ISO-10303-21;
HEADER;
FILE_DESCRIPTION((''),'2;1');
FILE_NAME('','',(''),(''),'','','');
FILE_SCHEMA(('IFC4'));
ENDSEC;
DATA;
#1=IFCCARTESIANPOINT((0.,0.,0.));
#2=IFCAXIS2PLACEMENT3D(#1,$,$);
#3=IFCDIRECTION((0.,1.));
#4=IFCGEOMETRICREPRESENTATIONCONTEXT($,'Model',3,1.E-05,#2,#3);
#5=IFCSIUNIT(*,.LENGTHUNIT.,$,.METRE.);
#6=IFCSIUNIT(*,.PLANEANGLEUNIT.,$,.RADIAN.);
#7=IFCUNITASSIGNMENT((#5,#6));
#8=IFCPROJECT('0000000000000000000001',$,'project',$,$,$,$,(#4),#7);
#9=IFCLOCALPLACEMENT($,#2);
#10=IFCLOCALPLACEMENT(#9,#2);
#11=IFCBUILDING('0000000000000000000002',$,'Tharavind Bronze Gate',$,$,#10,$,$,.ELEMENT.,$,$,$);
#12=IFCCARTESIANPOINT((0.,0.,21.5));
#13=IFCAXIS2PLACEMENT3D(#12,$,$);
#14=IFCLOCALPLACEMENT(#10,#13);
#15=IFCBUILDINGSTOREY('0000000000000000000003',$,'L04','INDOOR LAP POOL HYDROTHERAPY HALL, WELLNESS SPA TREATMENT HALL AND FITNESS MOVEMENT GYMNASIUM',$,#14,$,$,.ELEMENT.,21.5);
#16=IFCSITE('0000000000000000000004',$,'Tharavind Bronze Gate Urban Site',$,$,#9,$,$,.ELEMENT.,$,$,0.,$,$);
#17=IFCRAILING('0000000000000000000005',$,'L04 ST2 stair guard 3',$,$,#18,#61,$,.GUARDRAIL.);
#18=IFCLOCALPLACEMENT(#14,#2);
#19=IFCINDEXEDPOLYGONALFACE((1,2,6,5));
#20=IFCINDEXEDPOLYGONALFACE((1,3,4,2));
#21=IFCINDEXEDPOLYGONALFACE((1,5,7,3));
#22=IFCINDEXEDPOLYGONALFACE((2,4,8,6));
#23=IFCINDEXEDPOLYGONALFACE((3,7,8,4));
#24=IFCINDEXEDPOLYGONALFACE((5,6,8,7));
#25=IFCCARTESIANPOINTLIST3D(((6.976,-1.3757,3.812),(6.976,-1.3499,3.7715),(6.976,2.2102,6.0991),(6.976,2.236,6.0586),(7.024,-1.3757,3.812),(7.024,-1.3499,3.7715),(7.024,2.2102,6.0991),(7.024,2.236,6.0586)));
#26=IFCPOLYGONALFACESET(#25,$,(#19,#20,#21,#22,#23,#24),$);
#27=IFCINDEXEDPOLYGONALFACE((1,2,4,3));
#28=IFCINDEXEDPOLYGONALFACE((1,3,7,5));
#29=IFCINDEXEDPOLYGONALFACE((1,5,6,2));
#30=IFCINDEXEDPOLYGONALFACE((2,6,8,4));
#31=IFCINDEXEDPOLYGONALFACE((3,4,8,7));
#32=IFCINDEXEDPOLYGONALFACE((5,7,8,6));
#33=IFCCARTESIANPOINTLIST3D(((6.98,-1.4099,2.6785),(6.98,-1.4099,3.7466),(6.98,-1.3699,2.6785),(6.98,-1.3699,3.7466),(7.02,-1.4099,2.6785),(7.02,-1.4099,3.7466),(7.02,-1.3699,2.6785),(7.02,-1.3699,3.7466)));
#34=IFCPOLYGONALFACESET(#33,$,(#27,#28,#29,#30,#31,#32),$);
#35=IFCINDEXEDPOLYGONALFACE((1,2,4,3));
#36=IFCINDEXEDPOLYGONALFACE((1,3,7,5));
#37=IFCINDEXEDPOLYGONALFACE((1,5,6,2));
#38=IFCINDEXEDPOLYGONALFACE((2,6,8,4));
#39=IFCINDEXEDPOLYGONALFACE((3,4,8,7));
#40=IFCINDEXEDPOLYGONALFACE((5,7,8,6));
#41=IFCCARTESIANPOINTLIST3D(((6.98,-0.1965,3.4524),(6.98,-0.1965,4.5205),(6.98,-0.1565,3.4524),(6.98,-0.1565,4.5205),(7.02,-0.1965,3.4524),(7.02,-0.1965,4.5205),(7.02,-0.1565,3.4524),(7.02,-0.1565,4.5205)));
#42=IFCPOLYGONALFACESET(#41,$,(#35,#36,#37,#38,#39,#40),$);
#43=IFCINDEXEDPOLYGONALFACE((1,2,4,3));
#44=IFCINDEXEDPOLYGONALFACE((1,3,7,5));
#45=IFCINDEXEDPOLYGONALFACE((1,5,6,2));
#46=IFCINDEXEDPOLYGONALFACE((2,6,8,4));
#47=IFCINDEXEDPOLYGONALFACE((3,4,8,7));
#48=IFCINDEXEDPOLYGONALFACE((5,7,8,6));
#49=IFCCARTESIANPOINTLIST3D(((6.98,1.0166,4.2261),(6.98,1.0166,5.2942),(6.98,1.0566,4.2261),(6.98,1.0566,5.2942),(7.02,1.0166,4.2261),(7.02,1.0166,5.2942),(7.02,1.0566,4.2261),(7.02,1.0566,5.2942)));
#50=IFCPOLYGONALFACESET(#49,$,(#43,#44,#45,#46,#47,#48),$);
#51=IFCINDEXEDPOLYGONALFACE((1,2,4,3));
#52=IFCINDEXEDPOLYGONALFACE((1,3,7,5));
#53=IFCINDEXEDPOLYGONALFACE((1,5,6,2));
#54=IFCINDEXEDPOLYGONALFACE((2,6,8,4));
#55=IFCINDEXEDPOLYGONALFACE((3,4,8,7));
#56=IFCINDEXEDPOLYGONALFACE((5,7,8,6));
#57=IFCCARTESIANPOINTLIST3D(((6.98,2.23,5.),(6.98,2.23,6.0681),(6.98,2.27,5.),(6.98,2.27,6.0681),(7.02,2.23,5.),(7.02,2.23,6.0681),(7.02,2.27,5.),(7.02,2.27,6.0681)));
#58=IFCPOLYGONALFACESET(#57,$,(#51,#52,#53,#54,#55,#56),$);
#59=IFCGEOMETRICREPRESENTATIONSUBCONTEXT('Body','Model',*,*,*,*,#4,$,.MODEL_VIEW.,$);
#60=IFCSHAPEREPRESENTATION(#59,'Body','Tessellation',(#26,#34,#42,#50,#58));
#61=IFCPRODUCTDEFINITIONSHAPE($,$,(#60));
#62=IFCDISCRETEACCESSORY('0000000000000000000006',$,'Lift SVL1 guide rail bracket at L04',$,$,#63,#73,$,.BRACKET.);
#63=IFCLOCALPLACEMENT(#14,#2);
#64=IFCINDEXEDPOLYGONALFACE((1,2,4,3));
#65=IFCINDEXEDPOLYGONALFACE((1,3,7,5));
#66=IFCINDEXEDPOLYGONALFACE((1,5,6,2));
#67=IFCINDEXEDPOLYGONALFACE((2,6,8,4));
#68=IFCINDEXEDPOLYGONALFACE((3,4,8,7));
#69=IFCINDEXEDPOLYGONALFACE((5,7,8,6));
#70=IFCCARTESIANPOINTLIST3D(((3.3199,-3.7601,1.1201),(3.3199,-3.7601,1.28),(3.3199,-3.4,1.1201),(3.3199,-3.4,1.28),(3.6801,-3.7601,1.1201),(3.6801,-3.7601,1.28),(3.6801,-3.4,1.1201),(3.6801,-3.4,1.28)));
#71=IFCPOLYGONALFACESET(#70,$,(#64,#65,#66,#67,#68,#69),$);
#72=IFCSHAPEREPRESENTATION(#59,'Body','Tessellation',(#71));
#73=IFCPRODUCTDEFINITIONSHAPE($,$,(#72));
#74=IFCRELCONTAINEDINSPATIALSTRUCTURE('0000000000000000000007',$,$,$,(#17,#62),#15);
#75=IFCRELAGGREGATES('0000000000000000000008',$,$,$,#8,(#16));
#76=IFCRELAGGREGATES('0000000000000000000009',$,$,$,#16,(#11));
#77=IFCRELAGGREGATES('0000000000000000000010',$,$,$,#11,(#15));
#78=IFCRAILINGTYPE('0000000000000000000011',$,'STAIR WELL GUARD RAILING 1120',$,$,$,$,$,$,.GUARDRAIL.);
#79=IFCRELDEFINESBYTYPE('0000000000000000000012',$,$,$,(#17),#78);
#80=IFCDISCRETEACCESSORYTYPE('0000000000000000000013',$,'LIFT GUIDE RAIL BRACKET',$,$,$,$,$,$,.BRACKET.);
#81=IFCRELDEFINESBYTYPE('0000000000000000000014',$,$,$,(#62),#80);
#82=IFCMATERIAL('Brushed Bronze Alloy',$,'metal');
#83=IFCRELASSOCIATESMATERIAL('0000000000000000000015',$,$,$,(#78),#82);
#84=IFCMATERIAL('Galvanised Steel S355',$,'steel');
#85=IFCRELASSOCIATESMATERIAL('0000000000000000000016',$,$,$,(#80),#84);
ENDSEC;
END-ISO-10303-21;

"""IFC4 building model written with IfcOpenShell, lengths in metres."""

from ifc_helpers import new_model, si_unit, direction, frame, origin, origin_2d, place, context, subcontext, project, spatial, rectangle, extrude, material, type_object, element, save


model = new_model("IFC4")

# Units and contexts
model_context = context("Model", 3, precision=1e-05, world=origin(), true_north=direction((0.0, 1.0)))
body_context = subcontext(model_context, "Body", "Model", "MODEL_VIEW")
ifc_project = project(units=[si_unit("LENGTHUNIT", "METRE"), si_unit("PLANEANGLEUNIT", "RADIAN")], contexts=[model_context])

# Site, building, storey
site_placement = place(None, origin())
site = spatial("IfcSite", under=ifc_project, at=site_placement, Name="Tharavind Bronze Gate Urban Site", CompositionType="ELEMENT", RefElevation=0.0)
building_placement = place(site_placement, origin())
building = spatial("IfcBuilding", under=site, at=building_placement, Name="Tharavind Bronze Gate", CompositionType="ELEMENT")
storey_placement = place(building_placement, frame((0.0, 0.0, 21.5)))
storey = spatial("IfcBuildingStorey", under=building, at=storey_placement, Name="L04", Description="INDOOR LAP POOL HYDROTHERAPY HALL, WELLNESS SPA TREATMENT HALL AND FITNESS MOVEMENT GYMNASIUM", CompositionType="ELEMENT", Elevation=21.5)

# Railing
ifc_material_1 = material(Name="Brushed Bronze Alloy", Category="metal")
railing_type_1 = type_object("IfcRailingType", Name="STAIR WELL GUARD RAILING 1120", PredefinedType="GUARDRAIL", material=ifc_material_1)
railing_1_placement = place(storey_placement, frame((7.0, -1.3899, 2.6785)))
element("IfcRailing", 1, at=railing_1_placement, inside=storey, type_object=railing_type_1, Name="L04 ST2 stair guard 3", PredefinedType="GUARDRAIL", context=body_context, shape_type="SweptSolid", body=[
    extrude(rectangle(XDim=0.0481, YDim=0.0481, at=origin_2d()), frame((0.0, 0.0271, 1.1133), z_axis=(0.0, 0.843112, 0.537739), x_axis=(-1.0, 0.0, 0.0)), (0.0, 0.0, 1.0), 4.2532),
    extrude(rectangle(XDim=0.04, YDim=0.04, at=origin_2d()), origin(), (0.0, 0.0, 1.0), 1.0681),
    extrude(rectangle(XDim=0.04, YDim=0.04, at=origin_2d()), frame((0.0, 1.2134, 0.7739)), (0.0, 0.0, 1.0), 1.0681),
    extrude(rectangle(XDim=0.04, YDim=0.04, at=origin_2d()), frame((0.0, 2.4265, 1.5476)), (0.0, 0.0, 1.0), 1.0681),
    extrude(rectangle(XDim=0.04, YDim=0.04, at=origin_2d()), frame((0.0, 3.6399, 2.3215)), (0.0, 0.0, 1.0), 1.0681),
])

# Discrete accessory
ifc_material_2 = material(Name="Galvanised Steel S355", Category="steel")
discrete_accessory_type = type_object("IfcDiscreteAccessoryType", Name="LIFT GUIDE RAIL BRACKET", PredefinedType="BRACKET", material=ifc_material_2)
discrete_accessory_placement = place(storey_placement, frame((3.5, -3.5801, 1.1201), z_axis=(0.0, 0.0, 1.0), x_axis=(1.0, 0.0, 0.0)))
element("IfcDiscreteAccessory", 2, at=discrete_accessory_placement, inside=storey, type_object=discrete_accessory_type, Name="Lift SVL1 guide rail bracket at L04", PredefinedType="BRACKET", context=body_context, shape_type="SweptSolid", body=[
    extrude(rectangle(XDim=0.3601, YDim=0.3601, at=origin_2d()), origin(), (0.0, 0.0, 1.0), 0.1599),
])

save(model, "model.ifc")
